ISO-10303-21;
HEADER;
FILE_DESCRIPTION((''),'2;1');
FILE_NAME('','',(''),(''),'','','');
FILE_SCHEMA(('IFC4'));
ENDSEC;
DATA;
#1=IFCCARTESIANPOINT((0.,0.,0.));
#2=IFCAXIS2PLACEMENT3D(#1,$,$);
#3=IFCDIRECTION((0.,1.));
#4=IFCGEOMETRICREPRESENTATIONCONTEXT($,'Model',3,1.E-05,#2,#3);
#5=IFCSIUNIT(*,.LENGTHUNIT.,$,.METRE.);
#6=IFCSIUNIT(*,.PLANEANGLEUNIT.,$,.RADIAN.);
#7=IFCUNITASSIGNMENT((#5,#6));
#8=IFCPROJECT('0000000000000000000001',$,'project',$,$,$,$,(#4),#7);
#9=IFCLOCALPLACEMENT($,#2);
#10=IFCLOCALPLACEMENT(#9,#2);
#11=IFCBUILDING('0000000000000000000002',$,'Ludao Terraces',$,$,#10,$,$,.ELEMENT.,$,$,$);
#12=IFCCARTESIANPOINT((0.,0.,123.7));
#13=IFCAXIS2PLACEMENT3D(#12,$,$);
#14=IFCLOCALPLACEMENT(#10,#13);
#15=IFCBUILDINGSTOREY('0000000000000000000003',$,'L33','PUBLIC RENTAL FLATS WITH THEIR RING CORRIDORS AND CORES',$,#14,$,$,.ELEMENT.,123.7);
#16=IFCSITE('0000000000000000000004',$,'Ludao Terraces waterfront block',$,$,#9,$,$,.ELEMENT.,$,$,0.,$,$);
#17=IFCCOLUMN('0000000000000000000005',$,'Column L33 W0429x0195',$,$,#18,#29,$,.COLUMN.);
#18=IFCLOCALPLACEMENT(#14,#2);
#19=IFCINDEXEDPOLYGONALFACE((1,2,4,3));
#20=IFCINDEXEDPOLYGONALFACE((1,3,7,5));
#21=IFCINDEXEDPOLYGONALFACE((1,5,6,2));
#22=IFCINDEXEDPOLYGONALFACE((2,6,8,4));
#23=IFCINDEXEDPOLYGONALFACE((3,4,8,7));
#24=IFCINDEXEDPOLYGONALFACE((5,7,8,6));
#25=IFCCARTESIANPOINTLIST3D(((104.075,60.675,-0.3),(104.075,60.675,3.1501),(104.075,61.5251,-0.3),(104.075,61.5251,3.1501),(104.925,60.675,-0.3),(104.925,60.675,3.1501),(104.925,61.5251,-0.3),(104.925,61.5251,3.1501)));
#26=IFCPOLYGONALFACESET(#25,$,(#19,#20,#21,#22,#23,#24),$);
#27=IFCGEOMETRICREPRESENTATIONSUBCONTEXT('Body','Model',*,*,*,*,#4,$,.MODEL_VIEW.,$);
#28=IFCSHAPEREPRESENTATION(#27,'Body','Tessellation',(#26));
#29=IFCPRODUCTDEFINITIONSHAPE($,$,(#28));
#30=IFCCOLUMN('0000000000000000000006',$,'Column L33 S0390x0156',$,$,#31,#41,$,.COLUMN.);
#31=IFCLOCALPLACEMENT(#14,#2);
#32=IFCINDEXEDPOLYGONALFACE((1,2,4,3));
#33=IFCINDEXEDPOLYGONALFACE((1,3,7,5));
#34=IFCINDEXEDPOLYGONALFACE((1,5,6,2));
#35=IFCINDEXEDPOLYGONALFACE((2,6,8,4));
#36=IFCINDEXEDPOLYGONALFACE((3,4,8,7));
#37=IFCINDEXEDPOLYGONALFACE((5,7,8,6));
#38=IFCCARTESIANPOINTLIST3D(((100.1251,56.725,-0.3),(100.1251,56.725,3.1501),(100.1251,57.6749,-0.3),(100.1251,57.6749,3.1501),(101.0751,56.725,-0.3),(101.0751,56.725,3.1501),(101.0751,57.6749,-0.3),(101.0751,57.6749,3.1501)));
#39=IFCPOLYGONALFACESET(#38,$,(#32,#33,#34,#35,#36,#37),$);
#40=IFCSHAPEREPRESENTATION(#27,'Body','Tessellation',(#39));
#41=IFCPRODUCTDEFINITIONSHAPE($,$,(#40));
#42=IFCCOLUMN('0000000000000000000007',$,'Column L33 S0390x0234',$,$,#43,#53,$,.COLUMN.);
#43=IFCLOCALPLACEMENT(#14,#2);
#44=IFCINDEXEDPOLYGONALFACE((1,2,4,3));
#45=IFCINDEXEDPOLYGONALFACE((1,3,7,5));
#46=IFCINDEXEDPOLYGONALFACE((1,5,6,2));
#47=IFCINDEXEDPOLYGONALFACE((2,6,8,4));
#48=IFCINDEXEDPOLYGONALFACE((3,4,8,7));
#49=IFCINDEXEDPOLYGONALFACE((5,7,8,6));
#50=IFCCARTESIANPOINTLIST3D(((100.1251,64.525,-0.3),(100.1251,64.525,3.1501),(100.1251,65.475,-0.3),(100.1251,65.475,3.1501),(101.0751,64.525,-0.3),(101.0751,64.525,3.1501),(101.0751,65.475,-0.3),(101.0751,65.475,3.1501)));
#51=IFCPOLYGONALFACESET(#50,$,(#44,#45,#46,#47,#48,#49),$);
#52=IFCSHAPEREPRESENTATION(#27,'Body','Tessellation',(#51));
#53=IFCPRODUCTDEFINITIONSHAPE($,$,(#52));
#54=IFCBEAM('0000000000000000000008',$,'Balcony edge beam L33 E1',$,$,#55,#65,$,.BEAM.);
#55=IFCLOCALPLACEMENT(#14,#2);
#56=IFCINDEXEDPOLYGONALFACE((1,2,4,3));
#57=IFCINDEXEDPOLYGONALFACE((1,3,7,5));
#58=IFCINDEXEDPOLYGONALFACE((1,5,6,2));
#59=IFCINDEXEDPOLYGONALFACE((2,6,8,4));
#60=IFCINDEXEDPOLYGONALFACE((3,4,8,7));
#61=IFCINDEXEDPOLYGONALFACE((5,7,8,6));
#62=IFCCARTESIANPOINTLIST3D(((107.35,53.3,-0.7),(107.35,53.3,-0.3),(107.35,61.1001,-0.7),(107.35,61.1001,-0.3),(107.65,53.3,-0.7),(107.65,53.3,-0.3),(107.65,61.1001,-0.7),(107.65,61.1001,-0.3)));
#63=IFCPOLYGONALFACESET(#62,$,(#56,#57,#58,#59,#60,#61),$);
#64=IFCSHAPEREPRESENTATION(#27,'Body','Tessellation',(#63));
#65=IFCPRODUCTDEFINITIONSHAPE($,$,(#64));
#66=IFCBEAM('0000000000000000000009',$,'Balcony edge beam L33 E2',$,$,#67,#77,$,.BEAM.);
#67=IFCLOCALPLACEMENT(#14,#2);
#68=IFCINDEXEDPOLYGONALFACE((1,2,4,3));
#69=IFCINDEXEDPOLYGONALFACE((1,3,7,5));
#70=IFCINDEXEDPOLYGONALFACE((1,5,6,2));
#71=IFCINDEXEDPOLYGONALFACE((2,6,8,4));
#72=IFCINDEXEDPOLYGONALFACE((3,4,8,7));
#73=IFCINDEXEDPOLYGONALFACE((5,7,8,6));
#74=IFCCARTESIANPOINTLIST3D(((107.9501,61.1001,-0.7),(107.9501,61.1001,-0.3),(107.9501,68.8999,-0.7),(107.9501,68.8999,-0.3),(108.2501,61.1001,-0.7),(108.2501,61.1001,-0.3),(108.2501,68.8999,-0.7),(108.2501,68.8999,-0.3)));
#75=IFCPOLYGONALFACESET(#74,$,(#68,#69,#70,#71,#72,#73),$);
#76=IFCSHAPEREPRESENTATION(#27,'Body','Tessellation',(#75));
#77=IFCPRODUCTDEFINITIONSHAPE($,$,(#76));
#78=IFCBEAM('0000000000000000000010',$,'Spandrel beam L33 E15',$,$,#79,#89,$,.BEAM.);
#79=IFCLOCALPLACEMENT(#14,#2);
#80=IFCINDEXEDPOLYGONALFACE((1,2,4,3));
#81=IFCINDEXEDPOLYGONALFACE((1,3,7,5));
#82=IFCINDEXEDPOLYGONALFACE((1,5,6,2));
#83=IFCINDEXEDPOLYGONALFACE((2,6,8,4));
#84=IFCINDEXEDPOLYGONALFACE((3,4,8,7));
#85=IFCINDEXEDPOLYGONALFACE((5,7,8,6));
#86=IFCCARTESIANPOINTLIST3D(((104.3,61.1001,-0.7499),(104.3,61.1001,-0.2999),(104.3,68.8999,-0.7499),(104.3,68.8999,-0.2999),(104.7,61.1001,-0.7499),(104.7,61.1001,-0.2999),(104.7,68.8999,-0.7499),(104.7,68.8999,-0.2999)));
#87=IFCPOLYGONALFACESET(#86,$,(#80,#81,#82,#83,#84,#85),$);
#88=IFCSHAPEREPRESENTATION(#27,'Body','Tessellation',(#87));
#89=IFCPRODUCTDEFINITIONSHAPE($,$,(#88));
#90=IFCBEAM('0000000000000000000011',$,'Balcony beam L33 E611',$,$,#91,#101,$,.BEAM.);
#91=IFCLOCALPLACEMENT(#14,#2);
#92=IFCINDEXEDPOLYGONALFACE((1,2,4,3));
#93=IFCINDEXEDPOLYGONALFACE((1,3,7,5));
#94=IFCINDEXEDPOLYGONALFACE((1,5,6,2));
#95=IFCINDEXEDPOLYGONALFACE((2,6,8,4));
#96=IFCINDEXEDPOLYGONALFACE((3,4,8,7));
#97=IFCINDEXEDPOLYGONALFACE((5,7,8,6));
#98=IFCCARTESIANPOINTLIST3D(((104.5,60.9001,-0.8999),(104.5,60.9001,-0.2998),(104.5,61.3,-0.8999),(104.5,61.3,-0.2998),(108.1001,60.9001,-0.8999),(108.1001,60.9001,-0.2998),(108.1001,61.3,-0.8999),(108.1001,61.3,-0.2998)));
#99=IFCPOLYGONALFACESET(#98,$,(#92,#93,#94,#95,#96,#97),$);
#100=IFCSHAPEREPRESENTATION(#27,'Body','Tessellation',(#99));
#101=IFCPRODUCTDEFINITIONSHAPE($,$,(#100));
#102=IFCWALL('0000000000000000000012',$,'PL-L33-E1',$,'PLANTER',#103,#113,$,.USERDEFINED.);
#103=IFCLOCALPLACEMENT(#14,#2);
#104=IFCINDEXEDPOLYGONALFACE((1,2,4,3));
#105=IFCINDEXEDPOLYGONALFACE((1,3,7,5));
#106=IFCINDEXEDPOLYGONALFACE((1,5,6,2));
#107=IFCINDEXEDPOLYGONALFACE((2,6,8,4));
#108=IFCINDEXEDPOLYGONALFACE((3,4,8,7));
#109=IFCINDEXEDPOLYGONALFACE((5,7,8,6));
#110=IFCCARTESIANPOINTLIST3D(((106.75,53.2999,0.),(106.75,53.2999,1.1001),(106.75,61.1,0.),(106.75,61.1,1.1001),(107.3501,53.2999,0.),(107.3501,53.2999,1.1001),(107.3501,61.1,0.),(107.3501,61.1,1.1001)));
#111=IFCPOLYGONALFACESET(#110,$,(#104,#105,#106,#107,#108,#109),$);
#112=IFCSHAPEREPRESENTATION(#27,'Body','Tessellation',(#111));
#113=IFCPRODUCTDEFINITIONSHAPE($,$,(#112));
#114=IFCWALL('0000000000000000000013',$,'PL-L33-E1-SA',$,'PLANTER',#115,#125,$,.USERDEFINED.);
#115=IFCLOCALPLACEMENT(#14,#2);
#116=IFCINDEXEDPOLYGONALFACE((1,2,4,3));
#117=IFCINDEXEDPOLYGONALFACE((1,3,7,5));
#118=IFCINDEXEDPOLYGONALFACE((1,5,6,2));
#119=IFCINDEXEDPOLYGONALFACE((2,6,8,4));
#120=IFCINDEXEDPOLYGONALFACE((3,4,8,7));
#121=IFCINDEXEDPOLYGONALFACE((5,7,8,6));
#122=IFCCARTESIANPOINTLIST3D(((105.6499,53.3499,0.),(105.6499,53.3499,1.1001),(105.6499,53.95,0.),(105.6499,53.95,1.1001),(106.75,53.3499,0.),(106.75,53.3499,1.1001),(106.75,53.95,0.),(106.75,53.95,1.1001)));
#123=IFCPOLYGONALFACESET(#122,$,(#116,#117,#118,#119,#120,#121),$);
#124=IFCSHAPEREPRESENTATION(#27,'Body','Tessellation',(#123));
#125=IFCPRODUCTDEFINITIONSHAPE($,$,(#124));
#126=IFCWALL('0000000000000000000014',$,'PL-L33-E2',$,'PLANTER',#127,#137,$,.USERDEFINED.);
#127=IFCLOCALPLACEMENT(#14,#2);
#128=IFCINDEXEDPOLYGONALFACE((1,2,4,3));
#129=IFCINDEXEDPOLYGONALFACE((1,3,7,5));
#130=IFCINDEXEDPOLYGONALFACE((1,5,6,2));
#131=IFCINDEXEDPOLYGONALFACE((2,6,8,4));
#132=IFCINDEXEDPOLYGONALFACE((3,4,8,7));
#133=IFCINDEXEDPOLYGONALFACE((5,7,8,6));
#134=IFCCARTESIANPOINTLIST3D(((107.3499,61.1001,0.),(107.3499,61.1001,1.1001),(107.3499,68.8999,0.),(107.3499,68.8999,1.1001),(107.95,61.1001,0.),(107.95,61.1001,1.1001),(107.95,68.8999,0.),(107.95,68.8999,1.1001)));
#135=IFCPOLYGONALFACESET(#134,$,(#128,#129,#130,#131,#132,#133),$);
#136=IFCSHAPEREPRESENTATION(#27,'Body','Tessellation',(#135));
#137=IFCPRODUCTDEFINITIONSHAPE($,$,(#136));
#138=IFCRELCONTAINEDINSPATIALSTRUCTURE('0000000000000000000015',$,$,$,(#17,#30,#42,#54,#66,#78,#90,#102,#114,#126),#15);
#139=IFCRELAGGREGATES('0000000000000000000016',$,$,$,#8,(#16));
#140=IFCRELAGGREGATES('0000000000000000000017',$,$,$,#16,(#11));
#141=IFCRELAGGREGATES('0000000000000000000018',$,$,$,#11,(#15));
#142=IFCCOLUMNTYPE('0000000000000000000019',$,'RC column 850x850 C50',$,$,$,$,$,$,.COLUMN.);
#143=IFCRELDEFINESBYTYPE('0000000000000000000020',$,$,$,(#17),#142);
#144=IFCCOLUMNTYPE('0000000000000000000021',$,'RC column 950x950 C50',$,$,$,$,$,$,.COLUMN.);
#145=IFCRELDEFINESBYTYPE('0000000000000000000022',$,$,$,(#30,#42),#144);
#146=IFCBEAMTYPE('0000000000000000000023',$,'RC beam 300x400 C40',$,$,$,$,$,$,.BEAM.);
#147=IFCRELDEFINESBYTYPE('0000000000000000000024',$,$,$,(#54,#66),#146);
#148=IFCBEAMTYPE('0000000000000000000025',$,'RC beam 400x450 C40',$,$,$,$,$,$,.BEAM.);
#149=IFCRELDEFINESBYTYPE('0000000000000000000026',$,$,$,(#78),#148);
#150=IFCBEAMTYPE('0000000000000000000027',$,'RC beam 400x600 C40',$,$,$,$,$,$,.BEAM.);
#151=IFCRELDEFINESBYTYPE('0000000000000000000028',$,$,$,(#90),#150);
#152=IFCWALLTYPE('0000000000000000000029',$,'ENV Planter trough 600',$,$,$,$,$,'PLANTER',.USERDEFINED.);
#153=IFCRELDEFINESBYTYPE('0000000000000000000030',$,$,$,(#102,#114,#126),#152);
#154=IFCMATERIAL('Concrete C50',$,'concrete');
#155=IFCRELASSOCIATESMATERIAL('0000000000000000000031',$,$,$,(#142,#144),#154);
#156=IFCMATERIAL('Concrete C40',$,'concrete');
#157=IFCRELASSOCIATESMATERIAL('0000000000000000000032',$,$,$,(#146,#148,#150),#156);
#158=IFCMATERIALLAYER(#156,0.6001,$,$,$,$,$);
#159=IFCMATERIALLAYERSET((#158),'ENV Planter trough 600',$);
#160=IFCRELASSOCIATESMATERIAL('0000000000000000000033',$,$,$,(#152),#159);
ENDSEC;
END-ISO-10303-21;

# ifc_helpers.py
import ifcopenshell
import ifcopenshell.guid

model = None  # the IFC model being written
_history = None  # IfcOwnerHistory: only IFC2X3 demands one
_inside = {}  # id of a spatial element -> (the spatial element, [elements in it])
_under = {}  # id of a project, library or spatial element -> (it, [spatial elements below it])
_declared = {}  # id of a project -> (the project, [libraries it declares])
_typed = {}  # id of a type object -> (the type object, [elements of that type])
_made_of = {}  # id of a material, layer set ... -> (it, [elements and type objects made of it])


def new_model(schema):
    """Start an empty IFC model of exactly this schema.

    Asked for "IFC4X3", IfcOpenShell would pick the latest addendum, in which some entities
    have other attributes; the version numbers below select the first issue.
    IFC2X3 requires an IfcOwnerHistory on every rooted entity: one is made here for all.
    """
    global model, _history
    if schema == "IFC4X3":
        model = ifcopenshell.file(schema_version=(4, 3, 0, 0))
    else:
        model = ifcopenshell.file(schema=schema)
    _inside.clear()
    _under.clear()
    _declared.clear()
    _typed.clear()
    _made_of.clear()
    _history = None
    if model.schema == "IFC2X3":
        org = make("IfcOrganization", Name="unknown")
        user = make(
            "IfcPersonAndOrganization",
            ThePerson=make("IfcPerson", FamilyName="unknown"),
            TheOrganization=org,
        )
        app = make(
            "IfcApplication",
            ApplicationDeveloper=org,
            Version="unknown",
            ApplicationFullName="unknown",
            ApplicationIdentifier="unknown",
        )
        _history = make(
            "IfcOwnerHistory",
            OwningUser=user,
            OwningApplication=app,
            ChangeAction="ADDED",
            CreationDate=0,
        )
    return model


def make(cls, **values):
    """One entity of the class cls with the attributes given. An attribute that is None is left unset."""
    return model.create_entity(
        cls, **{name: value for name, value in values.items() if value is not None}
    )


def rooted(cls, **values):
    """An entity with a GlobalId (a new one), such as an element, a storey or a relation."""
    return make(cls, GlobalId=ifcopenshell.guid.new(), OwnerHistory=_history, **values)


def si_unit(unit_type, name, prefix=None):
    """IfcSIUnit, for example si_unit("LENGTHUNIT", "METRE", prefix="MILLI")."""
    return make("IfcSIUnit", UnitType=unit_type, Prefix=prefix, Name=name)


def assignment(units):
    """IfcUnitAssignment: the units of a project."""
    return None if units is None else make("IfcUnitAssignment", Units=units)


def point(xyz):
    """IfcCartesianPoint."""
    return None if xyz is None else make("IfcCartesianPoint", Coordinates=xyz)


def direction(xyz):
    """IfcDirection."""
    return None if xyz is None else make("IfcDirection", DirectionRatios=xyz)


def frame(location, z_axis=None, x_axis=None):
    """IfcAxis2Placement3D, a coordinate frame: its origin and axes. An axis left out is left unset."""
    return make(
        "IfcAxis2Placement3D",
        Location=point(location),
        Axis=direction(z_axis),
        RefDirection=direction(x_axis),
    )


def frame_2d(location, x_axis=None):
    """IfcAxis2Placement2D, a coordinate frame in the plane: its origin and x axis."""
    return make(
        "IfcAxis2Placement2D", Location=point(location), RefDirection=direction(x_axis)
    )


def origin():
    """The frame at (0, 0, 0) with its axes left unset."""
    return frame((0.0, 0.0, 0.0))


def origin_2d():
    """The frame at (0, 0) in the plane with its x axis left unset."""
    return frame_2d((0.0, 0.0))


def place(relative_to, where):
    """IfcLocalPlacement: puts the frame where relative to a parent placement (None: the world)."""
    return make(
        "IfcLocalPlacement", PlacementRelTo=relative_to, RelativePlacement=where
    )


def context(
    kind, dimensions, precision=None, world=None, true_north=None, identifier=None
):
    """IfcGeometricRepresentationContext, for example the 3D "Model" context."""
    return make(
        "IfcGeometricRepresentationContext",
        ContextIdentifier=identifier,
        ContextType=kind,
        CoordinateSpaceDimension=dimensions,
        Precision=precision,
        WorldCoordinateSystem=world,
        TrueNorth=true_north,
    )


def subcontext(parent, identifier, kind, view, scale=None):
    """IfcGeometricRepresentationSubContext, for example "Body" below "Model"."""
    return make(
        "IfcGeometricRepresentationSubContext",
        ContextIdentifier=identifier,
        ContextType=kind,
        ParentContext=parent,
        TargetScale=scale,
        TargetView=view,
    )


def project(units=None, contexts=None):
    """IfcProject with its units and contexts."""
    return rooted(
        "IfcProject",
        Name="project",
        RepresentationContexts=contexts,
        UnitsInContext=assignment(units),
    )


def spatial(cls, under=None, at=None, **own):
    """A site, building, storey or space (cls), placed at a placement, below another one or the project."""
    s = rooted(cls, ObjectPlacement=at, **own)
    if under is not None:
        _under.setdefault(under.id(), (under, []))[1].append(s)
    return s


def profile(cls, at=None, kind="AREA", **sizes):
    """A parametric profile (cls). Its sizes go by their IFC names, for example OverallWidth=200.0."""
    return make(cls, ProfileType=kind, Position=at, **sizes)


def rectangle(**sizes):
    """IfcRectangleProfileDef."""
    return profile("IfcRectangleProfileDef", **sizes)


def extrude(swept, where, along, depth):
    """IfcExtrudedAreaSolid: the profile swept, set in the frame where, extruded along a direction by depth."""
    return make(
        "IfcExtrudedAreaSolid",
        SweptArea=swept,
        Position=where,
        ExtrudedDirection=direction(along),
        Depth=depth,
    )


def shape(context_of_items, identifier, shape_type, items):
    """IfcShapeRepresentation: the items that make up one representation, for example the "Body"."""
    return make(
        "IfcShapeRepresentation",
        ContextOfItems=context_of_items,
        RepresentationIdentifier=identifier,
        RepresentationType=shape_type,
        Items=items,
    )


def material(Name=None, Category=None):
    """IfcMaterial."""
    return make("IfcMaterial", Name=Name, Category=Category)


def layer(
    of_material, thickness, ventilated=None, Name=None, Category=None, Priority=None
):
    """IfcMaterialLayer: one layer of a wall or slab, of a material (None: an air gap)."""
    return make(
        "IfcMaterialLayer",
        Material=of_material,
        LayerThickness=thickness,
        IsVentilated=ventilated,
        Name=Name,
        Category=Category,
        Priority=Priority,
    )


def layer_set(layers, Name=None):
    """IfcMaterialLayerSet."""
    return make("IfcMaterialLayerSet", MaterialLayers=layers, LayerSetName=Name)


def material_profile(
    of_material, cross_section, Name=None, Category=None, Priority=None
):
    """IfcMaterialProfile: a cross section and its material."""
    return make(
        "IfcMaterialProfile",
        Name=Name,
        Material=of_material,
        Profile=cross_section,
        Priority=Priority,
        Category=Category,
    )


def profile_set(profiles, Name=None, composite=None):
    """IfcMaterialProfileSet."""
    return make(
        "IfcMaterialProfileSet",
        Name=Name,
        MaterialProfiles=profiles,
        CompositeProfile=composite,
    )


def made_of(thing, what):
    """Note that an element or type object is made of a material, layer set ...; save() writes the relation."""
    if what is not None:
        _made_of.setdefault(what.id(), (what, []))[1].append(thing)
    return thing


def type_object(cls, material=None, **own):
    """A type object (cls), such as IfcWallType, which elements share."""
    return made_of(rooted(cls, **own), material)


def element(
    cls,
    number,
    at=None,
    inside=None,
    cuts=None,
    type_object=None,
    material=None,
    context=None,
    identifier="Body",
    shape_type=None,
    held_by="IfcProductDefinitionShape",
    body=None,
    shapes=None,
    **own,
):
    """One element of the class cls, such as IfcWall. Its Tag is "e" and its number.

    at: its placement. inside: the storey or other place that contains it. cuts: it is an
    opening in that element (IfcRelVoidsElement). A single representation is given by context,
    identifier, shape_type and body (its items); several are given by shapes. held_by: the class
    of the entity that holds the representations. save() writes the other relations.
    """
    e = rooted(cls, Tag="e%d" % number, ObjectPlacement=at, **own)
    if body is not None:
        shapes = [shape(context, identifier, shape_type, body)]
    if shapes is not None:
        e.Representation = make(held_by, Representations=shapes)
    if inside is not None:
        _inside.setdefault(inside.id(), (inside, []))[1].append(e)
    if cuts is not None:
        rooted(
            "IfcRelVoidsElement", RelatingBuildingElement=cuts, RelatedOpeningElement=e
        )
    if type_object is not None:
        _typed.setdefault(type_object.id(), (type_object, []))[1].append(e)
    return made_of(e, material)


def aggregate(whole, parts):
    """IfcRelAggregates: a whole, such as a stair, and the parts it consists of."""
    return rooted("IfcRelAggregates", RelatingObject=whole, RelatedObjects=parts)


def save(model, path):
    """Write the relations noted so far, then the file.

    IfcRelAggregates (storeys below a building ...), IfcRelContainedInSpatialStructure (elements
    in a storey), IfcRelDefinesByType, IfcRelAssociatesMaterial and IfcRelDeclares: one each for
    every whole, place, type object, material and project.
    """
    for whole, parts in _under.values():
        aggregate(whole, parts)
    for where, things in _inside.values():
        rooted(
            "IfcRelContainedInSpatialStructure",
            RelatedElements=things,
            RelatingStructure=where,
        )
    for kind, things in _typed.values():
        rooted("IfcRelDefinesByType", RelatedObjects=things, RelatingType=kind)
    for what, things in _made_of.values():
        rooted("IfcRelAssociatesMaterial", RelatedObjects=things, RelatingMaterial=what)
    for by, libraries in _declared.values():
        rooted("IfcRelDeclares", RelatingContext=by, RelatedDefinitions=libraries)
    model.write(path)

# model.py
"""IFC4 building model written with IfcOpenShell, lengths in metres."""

from ifc_helpers import new_model, si_unit, direction, frame, frame_2d, origin, origin_2d, place, context, subcontext, project, spatial, rectangle, extrude, material, layer, layer_set, material_profile, profile_set, type_object, element, save


model = new_model("IFC4")

# Units and contexts
model_context = context("Model", 3, precision=1e-05, world=origin(), true_north=direction((0.0, 1.0)))
body_context = subcontext(model_context, "Body", "Model", "MODEL_VIEW")
ifc_project = project(units=[si_unit("LENGTHUNIT", "METRE"), si_unit("PLANEANGLEUNIT", "RADIAN")], contexts=[model_context])

# Site, building, storey
site_placement = place(None, origin())
site = spatial("IfcSite", under=ifc_project, at=site_placement, Name="Ludao Terraces waterfront block", CompositionType="ELEMENT", RefElevation=0.0)
building_placement = place(site_placement, origin())
building = spatial("IfcBuilding", under=site, at=building_placement, Name="Ludao Terraces", CompositionType="ELEMENT")
storey_placement = place(building_placement, frame((0.0, 0.0, 123.7)))
storey = spatial("IfcBuildingStorey", under=building, at=storey_placement, Name="L33", Description="PUBLIC RENTAL FLATS WITH THEIR RING CORRIDORS AND CORES", CompositionType="ELEMENT", Elevation=123.7)

# Columns
ifc_material_1 = material(Name="Concrete C50", Category="concrete")
ifc_material_profile_1 = material_profile(ifc_material_1, rectangle(XDim=0.8501, YDim=0.8501, at=origin_2d()), Name="850 X 850")
ifc_profile_set_1 = profile_set([ifc_material_profile_1], Name="Concrete C50")
column_type_1 = type_object("IfcColumnType", Name="RC column 850x850 C50", PredefinedType="COLUMN", material=ifc_profile_set_1)
column_placement = place(storey_placement, frame((104.5, 61.1001, -0.3), z_axis=(0.0, 0.0, 1.0), x_axis=(1.0, 0.0, 0.0)))
element("IfcColumn", 1, at=column_placement, inside=storey, type_object=column_type_1, Name="Column L33 W0429x0195", PredefinedType="COLUMN", context=body_context, shape_type="SweptSolid", body=[
    extrude(rectangle(XDim=0.8501, YDim=0.8501, at=origin_2d()), origin(), (0.0, 0.0, 1.0), 3.4502),
])
ifc_material_profile_2 = material_profile(ifc_material_1, rectangle(XDim=0.95, YDim=0.95, at=origin_2d()), Name="950 X 950")
ifc_profile_set_2 = profile_set([ifc_material_profile_2], Name="Concrete C50")
column_type_2 = type_object("IfcColumnType", Name="RC column 950x950 C50", PredefinedType="COLUMN", material=ifc_profile_set_2)
for number, where, z_axis, x_axis, name in (
    (2, (100.6001, 57.2, -0.3), (0.0, 0.0, 1.0), (1.0, 0.0, 0.0), "Column L33 S0390x0156"),
    (3, (100.6001, 65.0, -0.3), (0.0, 0.0, 1.0), (1.0, 0.0, 0.0), "Column L33 S0390x0234"),
):
    element("IfcColumn", number, at=place(storey_placement, frame(where, z_axis=z_axis, x_axis=x_axis)), inside=storey, type_object=column_type_2, Name=name, PredefinedType="COLUMN", context=body_context, shape_type="SweptSolid", body=[
        extrude(rectangle(XDim=0.95, YDim=0.95, at=origin_2d()), origin(), (0.0, 0.0, 1.0), 3.4502),
    ])

# Beams
ifc_material_2 = material(Name="Concrete C40", Category="concrete")
ifc_material_profile_3 = material_profile(ifc_material_2, rectangle(XDim=0.3, YDim=0.3999, at=origin_2d()), Name="300 X 400")
ifc_profile_set_3 = profile_set([ifc_material_profile_3], Name="Concrete C40")
beam_type_1 = type_object("IfcBeamType", Name="RC beam 300x400 C40", PredefinedType="BEAM", material=ifc_profile_set_3)
beam_1_placement = place(storey_placement, frame((107.5, 53.3, -0.5), z_axis=(0.0, 1.0, 0.0), x_axis=(-1.0, 0.0, 0.0)))
element("IfcBeam", 4, at=beam_1_placement, inside=storey, type_object=beam_type_1, Name="Balcony edge beam L33 E1", PredefinedType="BEAM", context=body_context, shape_type="SweptSolid", body=[
    extrude(rectangle(XDim=0.3, YDim=0.3999, at=origin_2d()), origin(), (0.0, 0.0, 1.0), 7.8),
])
beam_2_placement = place(storey_placement, frame((108.1001, 61.1001, -0.5), z_axis=(0.0, 1.0, 0.0), x_axis=(-1.0, 0.0, 0.0)))
element("IfcBeam", 5, at=beam_2_placement, inside=storey, type_object=beam_type_1, Name="Balcony edge beam L33 E2", PredefinedType="BEAM", context=body_context, shape_type="SweptSolid", body=[
    extrude(rectangle(XDim=0.3, YDim=0.3999, at=origin_2d()), origin(), (0.0, 0.0, 1.0), 7.7998),
])
ifc_material_profile_4 = material_profile(ifc_material_2, rectangle(XDim=0.3999, YDim=0.45, at=origin_2d()), Name="400 X 450")
ifc_profile_set_4 = profile_set([ifc_material_profile_4], Name="Concrete C40")
beam_type_2 = type_object("IfcBeamType", Name="RC beam 400x450 C40", PredefinedType="BEAM", material=ifc_profile_set_4)
beam_3_placement = place(storey_placement, frame((104.5, 61.1001, -0.5249), z_axis=(0.0, 1.0, 0.0), x_axis=(-1.0, 0.0, 0.0)))
element("IfcBeam", 6, at=beam_3_placement, inside=storey, type_object=beam_type_2, Name="Spandrel beam L33 E15", PredefinedType="BEAM", context=body_context, shape_type="SweptSolid", body=[
    extrude(rectangle(XDim=0.3999, YDim=0.45, at=origin_2d()), origin(), (0.0, 0.0, 1.0), 7.7998),
])
ifc_material_profile_5 = material_profile(ifc_material_2, rectangle(XDim=0.3999, YDim=0.6001, at=origin_2d()), Name="400 X 600")
ifc_profile_set_5 = profile_set([ifc_material_profile_5], Name="Concrete C40")
beam_type_3 = type_object("IfcBeamType", Name="RC beam 400x600 C40", PredefinedType="BEAM", material=ifc_profile_set_5)
beam_4_placement = place(storey_placement, frame((104.5, 61.1001, -0.5999), z_axis=(1.0, 0.0, 0.0), x_axis=(0.0, 1.0, 0.0)))
element("IfcBeam", 7, at=beam_4_placement, inside=storey, type_object=beam_type_3, Name="Balcony beam L33 E611", PredefinedType="BEAM", context=body_context, shape_type="SweptSolid", body=[
    extrude(rectangle(XDim=0.3999, YDim=0.6001, at=origin_2d()), origin(), (0.0, 0.0, 1.0), 3.6001),
])

# Walls
ifc_layer_1 = layer(ifc_material_2, 0.6001)
ifc_layer_set_1 = layer_set([ifc_layer_1], Name="ENV Planter trough 600")
wall_type_1 = type_object("IfcWallType", Name="ENV Planter trough 600", ElementType="PLANTER", PredefinedType="USERDEFINED", material=ifc_layer_set_1)
wall_1_placement = place(storey_placement, frame((107.05, 53.3, 0.0), z_axis=(0.0, 0.0, 1.0), x_axis=(0.0, 1.0, 0.0)))
element("IfcWall", 8, at=wall_1_placement, inside=storey, type_object=wall_type_1, Name="PL-L33-E1", ObjectType="PLANTER", PredefinedType="USERDEFINED", context=body_context, shape_type="SweptSolid", body=[
    extrude(rectangle(XDim=7.8, YDim=0.6001, at=frame_2d((3.8999, 0.0))), origin(), (0.0, 0.0, 1.0), 1.1001),
])
wall_2_placement = place(storey_placement, frame((106.75, 53.6499, 0.0), z_axis=(0.0, 0.0, 1.0), x_axis=(-1.0, 0.0, 0.0)))
element("IfcWall", 9, at=wall_2_placement, inside=storey, type_object=wall_type_1, Name="PL-L33-E1-SA", ObjectType="PLANTER", PredefinedType="USERDEFINED", context=body_context, shape_type="SweptSolid", body=[
    extrude(rectangle(XDim=1.1001, YDim=0.6001, at=frame_2d((0.55, 0.0))), origin(), (0.0, 0.0, 1.0), 1.1001),
])
wall_3_placement = place(storey_placement, frame((107.6499, 61.1001, 0.0), z_axis=(0.0, 0.0, 1.0), x_axis=(0.0, 1.0, 0.0)))
element("IfcWall", 10, at=wall_3_placement, inside=storey, type_object=wall_type_1, Name="PL-L33-E2", ObjectType="PLANTER", PredefinedType="USERDEFINED", context=body_context, shape_type="SweptSolid", body=[
    extrude(rectangle(XDim=7.7998, YDim=0.6001, at=frame_2d((3.8999, 0.0))), origin(), (0.0, 0.0, 1.0), 1.1001),
])

save(model, "model.ifc")
